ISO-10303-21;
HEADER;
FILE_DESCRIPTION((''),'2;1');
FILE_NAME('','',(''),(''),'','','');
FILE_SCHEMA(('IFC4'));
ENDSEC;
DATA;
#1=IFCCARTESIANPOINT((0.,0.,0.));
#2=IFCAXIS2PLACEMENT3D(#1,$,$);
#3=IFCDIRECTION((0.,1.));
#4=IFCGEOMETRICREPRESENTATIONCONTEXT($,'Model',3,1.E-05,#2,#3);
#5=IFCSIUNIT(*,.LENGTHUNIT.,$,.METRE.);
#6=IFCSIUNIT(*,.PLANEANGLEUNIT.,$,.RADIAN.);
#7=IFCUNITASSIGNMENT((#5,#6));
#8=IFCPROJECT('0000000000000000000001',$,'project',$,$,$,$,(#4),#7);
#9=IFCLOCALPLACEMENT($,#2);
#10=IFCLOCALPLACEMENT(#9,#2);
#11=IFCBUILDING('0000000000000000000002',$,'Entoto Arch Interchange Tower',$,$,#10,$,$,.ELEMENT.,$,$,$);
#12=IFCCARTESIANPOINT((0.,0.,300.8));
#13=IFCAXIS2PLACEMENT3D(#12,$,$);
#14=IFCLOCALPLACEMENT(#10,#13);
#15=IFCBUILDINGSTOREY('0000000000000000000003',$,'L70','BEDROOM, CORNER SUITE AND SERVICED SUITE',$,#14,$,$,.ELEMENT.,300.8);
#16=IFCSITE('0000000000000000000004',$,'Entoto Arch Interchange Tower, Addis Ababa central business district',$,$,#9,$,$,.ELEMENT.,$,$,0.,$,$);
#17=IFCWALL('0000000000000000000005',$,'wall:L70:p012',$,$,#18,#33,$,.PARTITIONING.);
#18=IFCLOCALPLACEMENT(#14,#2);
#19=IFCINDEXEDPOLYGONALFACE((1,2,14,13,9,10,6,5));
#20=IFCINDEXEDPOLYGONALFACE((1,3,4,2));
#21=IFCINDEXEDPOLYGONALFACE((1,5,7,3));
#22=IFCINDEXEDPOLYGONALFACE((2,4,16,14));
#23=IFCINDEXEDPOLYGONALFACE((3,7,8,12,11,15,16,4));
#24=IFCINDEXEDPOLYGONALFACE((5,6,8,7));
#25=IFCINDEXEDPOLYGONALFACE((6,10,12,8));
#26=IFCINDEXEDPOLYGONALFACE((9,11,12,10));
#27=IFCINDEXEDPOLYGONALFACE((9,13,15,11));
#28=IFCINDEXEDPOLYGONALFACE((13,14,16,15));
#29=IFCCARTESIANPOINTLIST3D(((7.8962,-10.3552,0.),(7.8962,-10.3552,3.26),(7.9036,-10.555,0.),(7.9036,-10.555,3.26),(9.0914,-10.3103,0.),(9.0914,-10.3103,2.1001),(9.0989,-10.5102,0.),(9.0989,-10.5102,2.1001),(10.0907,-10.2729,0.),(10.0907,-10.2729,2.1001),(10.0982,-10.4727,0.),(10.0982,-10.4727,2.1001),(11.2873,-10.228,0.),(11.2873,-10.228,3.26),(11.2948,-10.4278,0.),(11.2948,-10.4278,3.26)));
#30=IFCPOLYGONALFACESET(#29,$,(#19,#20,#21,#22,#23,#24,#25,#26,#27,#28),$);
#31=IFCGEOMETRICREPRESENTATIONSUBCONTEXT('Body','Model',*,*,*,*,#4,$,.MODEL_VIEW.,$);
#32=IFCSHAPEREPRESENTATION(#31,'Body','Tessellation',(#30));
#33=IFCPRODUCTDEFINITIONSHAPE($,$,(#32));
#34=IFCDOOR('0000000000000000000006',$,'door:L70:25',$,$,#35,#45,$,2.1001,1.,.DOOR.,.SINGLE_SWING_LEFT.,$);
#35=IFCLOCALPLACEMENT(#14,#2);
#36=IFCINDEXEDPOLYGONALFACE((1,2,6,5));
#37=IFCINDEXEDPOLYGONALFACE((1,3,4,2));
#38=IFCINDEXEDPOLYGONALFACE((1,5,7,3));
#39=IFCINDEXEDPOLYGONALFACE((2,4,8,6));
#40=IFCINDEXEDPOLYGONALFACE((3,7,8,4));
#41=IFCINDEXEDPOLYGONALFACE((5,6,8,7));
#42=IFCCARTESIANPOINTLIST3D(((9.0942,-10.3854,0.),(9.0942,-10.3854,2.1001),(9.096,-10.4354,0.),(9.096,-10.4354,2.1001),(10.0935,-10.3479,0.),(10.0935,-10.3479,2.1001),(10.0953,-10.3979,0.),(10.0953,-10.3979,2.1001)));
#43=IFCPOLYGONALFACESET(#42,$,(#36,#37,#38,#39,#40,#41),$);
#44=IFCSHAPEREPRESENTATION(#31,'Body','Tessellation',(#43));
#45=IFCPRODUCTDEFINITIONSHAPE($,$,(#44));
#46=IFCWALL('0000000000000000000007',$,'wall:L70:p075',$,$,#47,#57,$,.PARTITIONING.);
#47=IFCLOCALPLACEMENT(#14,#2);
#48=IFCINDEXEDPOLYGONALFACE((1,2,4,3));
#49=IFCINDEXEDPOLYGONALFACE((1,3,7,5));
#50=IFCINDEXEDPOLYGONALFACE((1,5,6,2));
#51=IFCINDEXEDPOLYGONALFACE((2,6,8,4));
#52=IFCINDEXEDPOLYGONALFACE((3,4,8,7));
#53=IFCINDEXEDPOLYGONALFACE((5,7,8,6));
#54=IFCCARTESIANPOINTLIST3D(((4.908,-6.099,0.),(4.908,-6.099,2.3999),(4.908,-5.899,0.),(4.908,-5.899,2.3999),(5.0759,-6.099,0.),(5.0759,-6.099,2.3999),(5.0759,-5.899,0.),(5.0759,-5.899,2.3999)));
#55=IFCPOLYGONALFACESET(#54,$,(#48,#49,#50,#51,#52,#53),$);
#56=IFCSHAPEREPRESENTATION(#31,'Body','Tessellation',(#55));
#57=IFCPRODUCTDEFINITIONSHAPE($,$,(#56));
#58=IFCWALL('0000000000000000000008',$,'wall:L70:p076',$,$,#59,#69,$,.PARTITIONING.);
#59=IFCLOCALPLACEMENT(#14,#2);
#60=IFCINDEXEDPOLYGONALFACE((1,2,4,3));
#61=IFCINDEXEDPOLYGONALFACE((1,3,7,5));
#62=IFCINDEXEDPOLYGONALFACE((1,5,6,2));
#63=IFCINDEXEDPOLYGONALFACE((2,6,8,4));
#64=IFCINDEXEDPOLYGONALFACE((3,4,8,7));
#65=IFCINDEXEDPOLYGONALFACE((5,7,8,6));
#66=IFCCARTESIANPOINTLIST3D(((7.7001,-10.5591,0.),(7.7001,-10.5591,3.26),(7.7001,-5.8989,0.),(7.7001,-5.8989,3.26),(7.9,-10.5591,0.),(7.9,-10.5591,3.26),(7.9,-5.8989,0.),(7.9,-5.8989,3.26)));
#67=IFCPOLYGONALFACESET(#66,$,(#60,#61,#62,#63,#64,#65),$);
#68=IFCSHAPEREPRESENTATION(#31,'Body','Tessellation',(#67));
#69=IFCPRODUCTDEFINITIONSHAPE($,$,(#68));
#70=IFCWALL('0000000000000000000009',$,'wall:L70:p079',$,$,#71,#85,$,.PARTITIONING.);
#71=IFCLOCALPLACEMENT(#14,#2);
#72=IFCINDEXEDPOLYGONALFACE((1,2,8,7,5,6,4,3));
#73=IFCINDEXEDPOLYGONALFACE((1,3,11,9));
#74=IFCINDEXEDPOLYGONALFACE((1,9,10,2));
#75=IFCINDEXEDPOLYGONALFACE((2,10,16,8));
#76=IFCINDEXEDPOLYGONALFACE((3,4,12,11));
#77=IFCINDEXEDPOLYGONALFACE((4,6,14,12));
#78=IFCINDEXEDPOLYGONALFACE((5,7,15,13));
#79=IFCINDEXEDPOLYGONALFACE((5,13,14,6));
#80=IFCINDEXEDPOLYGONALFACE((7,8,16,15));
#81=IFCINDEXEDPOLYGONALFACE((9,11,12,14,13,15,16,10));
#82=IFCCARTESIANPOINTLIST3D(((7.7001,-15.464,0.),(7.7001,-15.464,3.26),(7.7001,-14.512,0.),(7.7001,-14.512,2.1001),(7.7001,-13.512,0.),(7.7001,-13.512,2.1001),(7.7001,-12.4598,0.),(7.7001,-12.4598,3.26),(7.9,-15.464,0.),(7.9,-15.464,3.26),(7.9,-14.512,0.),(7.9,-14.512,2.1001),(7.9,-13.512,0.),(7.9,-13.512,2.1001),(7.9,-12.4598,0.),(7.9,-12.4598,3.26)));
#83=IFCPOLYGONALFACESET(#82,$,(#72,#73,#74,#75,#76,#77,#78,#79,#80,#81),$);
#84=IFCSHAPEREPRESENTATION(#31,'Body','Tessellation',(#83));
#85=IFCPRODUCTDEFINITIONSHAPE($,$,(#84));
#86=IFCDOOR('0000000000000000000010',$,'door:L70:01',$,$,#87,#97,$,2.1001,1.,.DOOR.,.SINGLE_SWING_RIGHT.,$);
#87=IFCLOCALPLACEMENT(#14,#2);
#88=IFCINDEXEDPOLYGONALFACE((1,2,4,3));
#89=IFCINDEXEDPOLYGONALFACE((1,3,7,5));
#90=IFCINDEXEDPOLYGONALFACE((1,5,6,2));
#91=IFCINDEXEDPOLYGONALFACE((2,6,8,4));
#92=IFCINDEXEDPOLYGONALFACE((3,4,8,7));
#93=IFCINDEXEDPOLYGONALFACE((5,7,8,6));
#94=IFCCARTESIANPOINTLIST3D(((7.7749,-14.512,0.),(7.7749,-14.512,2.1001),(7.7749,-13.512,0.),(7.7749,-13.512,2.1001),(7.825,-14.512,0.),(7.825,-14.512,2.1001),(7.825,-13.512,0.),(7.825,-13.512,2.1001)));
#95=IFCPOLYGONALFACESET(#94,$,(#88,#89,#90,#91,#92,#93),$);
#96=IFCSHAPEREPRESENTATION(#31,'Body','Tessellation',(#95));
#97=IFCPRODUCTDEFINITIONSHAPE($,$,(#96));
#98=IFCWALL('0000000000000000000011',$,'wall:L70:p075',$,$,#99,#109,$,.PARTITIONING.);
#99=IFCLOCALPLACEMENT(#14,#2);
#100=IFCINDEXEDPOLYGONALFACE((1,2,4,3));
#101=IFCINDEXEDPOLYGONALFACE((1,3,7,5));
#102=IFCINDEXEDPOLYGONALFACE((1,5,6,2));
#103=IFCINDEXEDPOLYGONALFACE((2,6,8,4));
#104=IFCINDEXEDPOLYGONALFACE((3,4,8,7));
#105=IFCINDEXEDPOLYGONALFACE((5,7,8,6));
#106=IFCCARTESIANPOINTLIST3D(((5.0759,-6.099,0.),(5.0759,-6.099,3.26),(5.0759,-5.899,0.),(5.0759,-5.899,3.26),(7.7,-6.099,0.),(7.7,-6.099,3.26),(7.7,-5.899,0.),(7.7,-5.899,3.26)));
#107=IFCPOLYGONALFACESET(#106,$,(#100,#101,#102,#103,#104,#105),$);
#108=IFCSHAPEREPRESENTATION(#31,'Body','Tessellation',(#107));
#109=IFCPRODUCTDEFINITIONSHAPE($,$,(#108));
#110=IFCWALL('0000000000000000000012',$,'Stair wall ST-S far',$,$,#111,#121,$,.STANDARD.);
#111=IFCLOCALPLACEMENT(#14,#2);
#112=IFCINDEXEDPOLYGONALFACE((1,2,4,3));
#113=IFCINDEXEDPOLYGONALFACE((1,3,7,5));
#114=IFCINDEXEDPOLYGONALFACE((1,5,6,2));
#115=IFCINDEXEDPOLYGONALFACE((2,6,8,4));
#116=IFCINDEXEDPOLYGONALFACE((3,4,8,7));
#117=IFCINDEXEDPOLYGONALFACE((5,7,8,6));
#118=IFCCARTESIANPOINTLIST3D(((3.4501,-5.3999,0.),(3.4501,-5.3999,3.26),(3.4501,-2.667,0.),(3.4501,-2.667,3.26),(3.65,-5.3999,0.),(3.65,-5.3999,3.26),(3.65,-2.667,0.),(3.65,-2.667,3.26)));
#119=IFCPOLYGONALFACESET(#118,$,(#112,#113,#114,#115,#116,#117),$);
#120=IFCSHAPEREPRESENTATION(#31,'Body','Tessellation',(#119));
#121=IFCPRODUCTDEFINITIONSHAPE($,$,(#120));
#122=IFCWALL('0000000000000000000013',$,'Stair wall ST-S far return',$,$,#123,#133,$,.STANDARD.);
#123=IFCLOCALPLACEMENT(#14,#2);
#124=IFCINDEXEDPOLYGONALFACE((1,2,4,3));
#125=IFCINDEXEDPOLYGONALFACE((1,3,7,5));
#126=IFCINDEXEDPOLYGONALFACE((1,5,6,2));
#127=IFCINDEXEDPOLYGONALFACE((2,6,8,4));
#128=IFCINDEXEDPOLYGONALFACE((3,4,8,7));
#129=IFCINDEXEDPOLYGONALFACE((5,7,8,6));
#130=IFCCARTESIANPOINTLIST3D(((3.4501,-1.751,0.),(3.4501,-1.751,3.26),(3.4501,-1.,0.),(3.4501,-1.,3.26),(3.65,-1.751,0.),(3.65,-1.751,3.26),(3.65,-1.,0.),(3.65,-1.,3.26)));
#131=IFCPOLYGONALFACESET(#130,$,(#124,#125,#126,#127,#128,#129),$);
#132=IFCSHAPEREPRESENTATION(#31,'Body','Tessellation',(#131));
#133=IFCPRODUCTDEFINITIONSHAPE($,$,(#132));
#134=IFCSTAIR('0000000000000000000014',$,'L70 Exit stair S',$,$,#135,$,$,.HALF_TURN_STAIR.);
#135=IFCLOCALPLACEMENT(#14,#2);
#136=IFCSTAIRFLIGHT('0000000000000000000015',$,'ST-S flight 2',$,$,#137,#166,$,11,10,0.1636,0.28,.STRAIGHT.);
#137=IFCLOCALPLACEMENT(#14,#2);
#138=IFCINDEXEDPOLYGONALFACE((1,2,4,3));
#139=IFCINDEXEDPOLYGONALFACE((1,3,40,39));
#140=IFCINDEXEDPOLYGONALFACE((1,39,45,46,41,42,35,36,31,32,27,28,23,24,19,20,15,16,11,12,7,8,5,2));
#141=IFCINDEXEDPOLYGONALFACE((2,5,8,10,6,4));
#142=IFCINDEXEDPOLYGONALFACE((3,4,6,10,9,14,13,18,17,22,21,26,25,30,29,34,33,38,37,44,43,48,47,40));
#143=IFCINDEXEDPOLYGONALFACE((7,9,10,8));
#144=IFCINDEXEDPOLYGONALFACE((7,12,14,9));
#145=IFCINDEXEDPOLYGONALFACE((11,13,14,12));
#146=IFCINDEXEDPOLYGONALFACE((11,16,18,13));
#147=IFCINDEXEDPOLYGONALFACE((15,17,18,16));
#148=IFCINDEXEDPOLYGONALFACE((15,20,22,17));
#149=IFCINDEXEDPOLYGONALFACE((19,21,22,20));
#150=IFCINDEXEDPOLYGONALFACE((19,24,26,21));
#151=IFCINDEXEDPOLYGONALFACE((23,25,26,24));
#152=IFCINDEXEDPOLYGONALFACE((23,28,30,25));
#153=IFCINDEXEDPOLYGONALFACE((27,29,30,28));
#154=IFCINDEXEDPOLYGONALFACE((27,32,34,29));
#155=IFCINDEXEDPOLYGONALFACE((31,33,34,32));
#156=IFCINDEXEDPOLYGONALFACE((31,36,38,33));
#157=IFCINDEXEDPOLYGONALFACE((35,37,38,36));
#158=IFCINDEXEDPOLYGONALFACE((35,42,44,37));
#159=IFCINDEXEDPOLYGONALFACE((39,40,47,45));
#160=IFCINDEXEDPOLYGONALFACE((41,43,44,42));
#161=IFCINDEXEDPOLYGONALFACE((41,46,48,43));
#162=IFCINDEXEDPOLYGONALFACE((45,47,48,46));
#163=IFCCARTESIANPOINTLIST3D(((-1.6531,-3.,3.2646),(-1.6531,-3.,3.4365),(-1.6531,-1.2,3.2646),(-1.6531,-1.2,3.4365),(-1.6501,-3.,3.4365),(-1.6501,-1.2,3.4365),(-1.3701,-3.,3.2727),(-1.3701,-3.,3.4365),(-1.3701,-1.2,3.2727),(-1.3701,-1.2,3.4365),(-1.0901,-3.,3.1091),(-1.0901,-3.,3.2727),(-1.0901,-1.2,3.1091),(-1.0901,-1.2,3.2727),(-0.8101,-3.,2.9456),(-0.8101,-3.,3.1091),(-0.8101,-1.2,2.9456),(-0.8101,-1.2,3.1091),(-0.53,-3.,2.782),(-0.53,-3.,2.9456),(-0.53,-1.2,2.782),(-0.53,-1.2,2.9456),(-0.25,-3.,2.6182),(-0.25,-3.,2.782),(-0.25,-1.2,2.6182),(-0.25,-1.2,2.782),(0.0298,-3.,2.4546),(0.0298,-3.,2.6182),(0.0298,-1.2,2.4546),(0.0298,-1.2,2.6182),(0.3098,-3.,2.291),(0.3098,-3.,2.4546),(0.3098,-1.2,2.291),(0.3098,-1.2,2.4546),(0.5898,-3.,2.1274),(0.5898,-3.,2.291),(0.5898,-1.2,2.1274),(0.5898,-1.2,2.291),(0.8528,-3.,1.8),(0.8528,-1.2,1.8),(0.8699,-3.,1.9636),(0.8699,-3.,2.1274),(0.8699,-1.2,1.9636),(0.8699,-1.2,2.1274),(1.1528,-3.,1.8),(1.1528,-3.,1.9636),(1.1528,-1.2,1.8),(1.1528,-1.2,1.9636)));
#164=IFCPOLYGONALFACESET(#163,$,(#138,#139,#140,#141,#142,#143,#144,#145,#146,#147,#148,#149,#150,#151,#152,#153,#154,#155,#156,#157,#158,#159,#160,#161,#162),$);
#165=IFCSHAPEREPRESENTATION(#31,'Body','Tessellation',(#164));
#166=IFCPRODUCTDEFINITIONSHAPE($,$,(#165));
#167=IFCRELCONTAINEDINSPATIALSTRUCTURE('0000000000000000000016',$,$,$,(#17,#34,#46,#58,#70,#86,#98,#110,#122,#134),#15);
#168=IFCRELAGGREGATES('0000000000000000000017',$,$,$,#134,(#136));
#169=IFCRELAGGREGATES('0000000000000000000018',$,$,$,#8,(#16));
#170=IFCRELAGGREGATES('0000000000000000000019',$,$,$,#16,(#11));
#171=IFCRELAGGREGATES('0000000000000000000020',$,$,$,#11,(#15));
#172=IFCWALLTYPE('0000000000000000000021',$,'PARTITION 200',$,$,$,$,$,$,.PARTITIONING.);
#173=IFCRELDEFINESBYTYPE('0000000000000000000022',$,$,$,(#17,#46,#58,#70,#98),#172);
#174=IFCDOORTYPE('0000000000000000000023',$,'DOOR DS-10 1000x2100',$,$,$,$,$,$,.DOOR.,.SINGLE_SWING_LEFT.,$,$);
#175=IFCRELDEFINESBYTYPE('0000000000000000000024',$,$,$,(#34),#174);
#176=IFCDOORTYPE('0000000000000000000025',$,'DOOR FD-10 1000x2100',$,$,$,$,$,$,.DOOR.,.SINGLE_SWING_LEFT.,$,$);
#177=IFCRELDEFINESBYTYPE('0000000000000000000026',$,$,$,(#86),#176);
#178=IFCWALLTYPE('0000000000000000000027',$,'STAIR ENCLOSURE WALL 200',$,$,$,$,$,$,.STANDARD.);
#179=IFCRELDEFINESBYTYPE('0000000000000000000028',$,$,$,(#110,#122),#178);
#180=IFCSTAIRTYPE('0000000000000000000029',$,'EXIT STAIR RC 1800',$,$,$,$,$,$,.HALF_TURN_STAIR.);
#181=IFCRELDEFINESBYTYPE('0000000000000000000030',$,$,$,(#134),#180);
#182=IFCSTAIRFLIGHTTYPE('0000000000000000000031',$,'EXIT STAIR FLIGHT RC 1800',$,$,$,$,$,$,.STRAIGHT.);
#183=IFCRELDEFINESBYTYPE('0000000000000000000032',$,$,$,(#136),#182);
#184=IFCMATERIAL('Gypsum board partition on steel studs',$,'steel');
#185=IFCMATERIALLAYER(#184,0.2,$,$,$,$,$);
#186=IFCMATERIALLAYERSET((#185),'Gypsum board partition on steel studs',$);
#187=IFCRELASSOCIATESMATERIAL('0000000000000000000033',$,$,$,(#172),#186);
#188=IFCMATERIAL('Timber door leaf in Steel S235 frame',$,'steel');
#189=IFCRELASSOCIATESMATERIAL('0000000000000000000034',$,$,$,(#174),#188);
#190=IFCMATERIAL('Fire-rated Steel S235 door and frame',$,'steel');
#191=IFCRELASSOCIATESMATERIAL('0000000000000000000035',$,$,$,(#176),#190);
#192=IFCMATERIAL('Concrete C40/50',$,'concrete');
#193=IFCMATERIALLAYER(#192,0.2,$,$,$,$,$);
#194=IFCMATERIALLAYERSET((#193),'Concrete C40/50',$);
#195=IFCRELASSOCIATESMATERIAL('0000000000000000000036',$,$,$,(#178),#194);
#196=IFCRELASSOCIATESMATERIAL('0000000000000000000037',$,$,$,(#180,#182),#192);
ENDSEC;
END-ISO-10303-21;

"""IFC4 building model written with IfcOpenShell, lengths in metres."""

from ifc_helpers import new_model, si_unit, direction, frame, frame_2d, origin, place, context, subcontext, project, spatial, polyline, rectangle, outline, extrude, material, layer, layer_set, type_object, element, fill, aggregate, save


model = new_model("IFC4")

# Units and contexts
model_context = context("Model", 3, precision=1e-05, world=origin(), true_north=direction((0.0, 1.0)))
body_context = subcontext(model_context, "Body", "Model", "MODEL_VIEW")
ifc_project = project(units=[si_unit("LENGTHUNIT", "METRE"), si_unit("PLANEANGLEUNIT", "RADIAN")], contexts=[model_context])

# Site, building, storey
site_placement = place(None, origin())
site = spatial("IfcSite", under=ifc_project, at=site_placement, Name="Entoto Arch Interchange Tower, Addis Ababa central business district", CompositionType="ELEMENT", RefElevation=0.0)
building_placement = place(site_placement, origin())
building = spatial("IfcBuilding", under=site, at=building_placement, Name="Entoto Arch Interchange Tower", CompositionType="ELEMENT")
storey_placement = place(building_placement, frame((0.0, 0.0, 300.8)))
storey = spatial("IfcBuildingStorey", under=building, at=storey_placement, Name="L70", Description="BEDROOM, CORNER SUITE AND SERVICED SUITE", CompositionType="ELEMENT", Elevation=300.8)

# Shared definitions
ifc_material_1 = material(Name="Concrete C40/50", Category="concrete")

# Shared definitions
ifc_material_2 = material(Name="Fire-rated Steel S235 door and frame", Category="steel")

# Shared definitions
ifc_material_3 = material(Name="Gypsum board partition on steel studs", Category="steel")

# Wall, opening, door
ifc_layer_1 = layer(ifc_material_3, 0.2)
ifc_layer_set_1 = layer_set([ifc_layer_1], Name="Gypsum board partition on steel studs")
wall_type_1 = type_object("IfcWallType", Name="PARTITION 200", PredefinedType="PARTITIONING", material=ifc_layer_set_1)
wall_1_placement = place(storey_placement, frame((7.8999, -10.4551, 0.0), z_axis=(0.0, 0.0, 1.0), x_axis=(0.999297, 0.037483, 0.0)))
wall_1 = element("IfcWall", 1, at=wall_1_placement, inside=storey, type_object=wall_type_1, Name="wall:L70:p012", PredefinedType="PARTITIONING", context=body_context, shape_type="SweptSolid", body=[
    extrude(rectangle(XDim=3.3936, YDim=0.2, at=frame_2d((1.6968, 0.0))), origin(), (0.0, 0.0, 1.0), 3.26),
])
opening_1_placement = place(wall_1_placement, frame((1.196, 0.0, 0.0)))
opening_1 = element("IfcOpeningElement", 2, at=opening_1_placement, cuts=wall_1, PredefinedType="OPENING", context=body_context, shape_type="SweptSolid", body=[
    extrude(rectangle(XDim=1.0, YDim=2.1001, at=frame_2d((0.5, 1.05))), frame((0.0, 0.1099, 0.0), z_axis=(0.0, -1.0, 0.0), x_axis=(1.0, 0.0, 0.0)), (0.0, 0.0, 1.0), 0.22),
])
ifc_material_4 = material(Name="Timber door leaf in Steel S235 frame", Category="steel")
door_type_1 = type_object("IfcDoorType", Name="DOOR DS-10 1000x2100", OperationType="SINGLE_SWING_LEFT", PredefinedType="DOOR", material=ifc_material_4)
door_1_placement = place(opening_1_placement, origin())
door_1 = element("IfcDoor", 3, at=door_1_placement, inside=storey, type_object=door_type_1, Name="door:L70:25", OperationType="SINGLE_SWING_LEFT", OverallHeight=2.1001, OverallWidth=1.0, PredefinedType="DOOR", context=body_context, shape_type="SweptSolid", body=[
    extrude(rectangle(XDim=1.0, YDim=2.1001, at=frame_2d((0.5, 1.05))), frame((0.0, 0.0249, 0.0), z_axis=(0.0, -1.0, 0.0), x_axis=(1.0, 0.0, 0.0)), (0.0, 0.0, 1.0), 0.05),
])
fill(opening_1, door_1)

# Walls
wall_2_placement = place(storey_placement, frame((4.908, -5.999, 0.0), z_axis=(0.0, 0.0, 1.0), x_axis=(1.0, 0.0, 0.0)))
element("IfcWall", 4, at=wall_2_placement, inside=storey, type_object=wall_type_1, Name="wall:L70:p075", PredefinedType="PARTITIONING", context=body_context, shape_type="SweptSolid", body=[
    extrude(rectangle(XDim=0.168, YDim=0.2, at=frame_2d((0.084, 0.0))), origin(), (0.0, 0.0, 1.0), 2.3999),
])
wall_3_placement = place(storey_placement, frame((7.8, -5.8989, 0.0), z_axis=(0.0, 0.0, 1.0), x_axis=(0.0, -1.0, 0.0)))
element("IfcWall", 5, at=wall_3_placement, inside=storey, type_object=wall_type_1, Name="wall:L70:p076", PredefinedType="PARTITIONING", context=body_context, shape_type="SweptSolid", body=[
    extrude(rectangle(XDim=4.6602, YDim=0.2, at=frame_2d((2.3301, 0.0))), origin(), (0.0, 0.0, 1.0), 3.26),
])

# Wall, opening, door
wall_4_placement = place(storey_placement, frame((7.8, -12.46, 0.0), z_axis=(0.0, 0.0, 1.0), x_axis=(0.0, -1.0, 0.0)))
wall_4 = element("IfcWall", 6, at=wall_4_placement, inside=storey, type_object=wall_type_1, Name="wall:L70:p079", PredefinedType="PARTITIONING", context=body_context, shape_type="SweptSolid", body=[
    extrude(rectangle(XDim=3.0042, YDim=0.2, at=frame_2d((1.502, 0.0))), origin(), (0.0, 0.0, 1.0), 3.26),
])
opening_2_placement = place(wall_4_placement, frame((1.052, 0.0, 0.0)))
opening_2 = element("IfcOpeningElement", 7, at=opening_2_placement, cuts=wall_4, PredefinedType="OPENING", context=body_context, shape_type="SweptSolid", body=[
    extrude(rectangle(XDim=1.0, YDim=2.1001, at=frame_2d((0.5, 1.05))), frame((0.0, 0.1099, 0.0), z_axis=(0.0, -1.0, 0.0), x_axis=(1.0, 0.0, 0.0)), (0.0, 0.0, 1.0), 0.22),
])
door_type_2 = type_object("IfcDoorType", Name="DOOR FD-10 1000x2100", OperationType="SINGLE_SWING_LEFT", PredefinedType="DOOR", material=ifc_material_2)
door_2_placement = place(opening_2_placement, origin())
door_2 = element("IfcDoor", 8, at=door_2_placement, inside=storey, type_object=door_type_2, Name="door:L70:01", OperationType="SINGLE_SWING_RIGHT", OverallHeight=2.1001, OverallWidth=1.0, PredefinedType="DOOR", context=body_context, shape_type="SweptSolid", body=[
    extrude(rectangle(XDim=1.0, YDim=2.1001, at=frame_2d((0.5, 1.05))), frame((0.0, 0.0249, 0.0), z_axis=(0.0, -1.0, 0.0), x_axis=(1.0, 0.0, 0.0)), (0.0, 0.0, 1.0), 0.05),
])
fill(opening_2, door_2)

# Walls
wall_5_placement = place(storey_placement, frame((5.0759, -5.999, 0.0), z_axis=(0.0, 0.0, 1.0), x_axis=(1.0, 0.0, 0.0)))
element("IfcWall", 9, at=wall_5_placement, inside=storey, type_object=wall_type_1, Name="wall:L70:p075", PredefinedType="PARTITIONING", context=body_context, shape_type="SweptSolid", body=[
    extrude(rectangle(XDim=2.624, YDim=0.2, at=frame_2d((1.312, 0.0))), origin(), (0.0, 0.0, 1.0), 3.26),
])
ifc_layer_2 = layer(ifc_material_1, 0.2)
ifc_layer_set_2 = layer_set([ifc_layer_2], Name="Concrete C40/50")
wall_type_2 = type_object("IfcWallType", Name="STAIR ENCLOSURE WALL 200", PredefinedType="STANDARD", material=ifc_layer_set_2)
wall_6_placement = place(storey_placement, frame((3.55, -2.667, 0.0), z_axis=(0.0, 0.0, 1.0), x_axis=(0.0, -1.0, 0.0)))
element("IfcWall", 10, at=wall_6_placement, inside=storey, type_object=wall_type_2, Name="Stair wall ST-S far", PredefinedType="STANDARD", context=body_context, shape_type="SweptSolid", body=[
    extrude(rectangle(XDim=2.7329, YDim=0.2, at=frame_2d((1.3665, 0.0))), origin(), (0.0, 0.0, 1.0), 3.26),
])
wall_7_placement = place(storey_placement, frame((3.55, -1.0, 0.0), z_axis=(0.0, 0.0, 1.0), x_axis=(0.0, -1.0, 0.0)))
element("IfcWall", 11, at=wall_7_placement, inside=storey, type_object=wall_type_2, Name="Stair wall ST-S far return", PredefinedType="STANDARD", context=body_context, shape_type="SweptSolid", body=[
    extrude(rectangle(XDim=0.751, YDim=0.2, at=frame_2d((0.3755, 0.0))), origin(), (0.0, 0.0, 1.0), 3.26),
])

# Stair, stair flight
stair_type = type_object("IfcStairType", Name="EXIT STAIR RC 1800", PredefinedType="HALF_TURN_STAIR", material=ifc_material_1)
stair_placement = place(storey_placement, origin())
stair = element("IfcStair", 12, at=stair_placement, inside=storey, type_object=stair_type, Name="L70 Exit stair S", PredefinedType="HALF_TURN_STAIR")
stair_flight_type = type_object("IfcStairFlightType", Name="EXIT STAIR FLIGHT RC 1800", PredefinedType="STRAIGHT", material=ifc_material_1)
stair_flight_placement = place(storey_placement, frame((1.1499, -2.1001, 1.8), z_axis=(0.0, 0.0, 1.0), x_axis=(-1.0, 0.0, 0.0)))
stair_flight = element("IfcStairFlight", 13, at=stair_flight_placement, type_object=stair_flight_type, Name="ST-S flight 2", NumberOfRisers=11, NumberOfTreads=10, PredefinedType="STRAIGHT", RiserHeight=0.1636, TreadLength=0.28, context=body_context, shape_type="SweptSolid", body=[
    extrude(outline(polyline([(-0.0029, 0.0), (-0.0029, 0.1636), (0.28, 0.1636), (0.28, 0.3274), (0.5601, 0.3274), (0.5601, 0.491), (0.8401, 0.491), (0.8401, 0.6545), (1.1201, 0.6545), (1.1201, 0.8181), (1.3999, 0.8181), (1.3999, 0.9819), (1.6799, 0.9819), (1.6799, 1.1455), (1.96, 1.1455), (1.96, 1.3091), (2.24, 1.3091), (2.24, 1.4727), (2.52, 1.4727), (2.52, 1.6365), (2.8, 1.6365), (2.803, 1.6365), (2.803, 1.4646), (0.2971, 0.0), (-0.0029, 0.0)])), frame((0.0, 0.8999, 0.0), z_axis=(0.0, -1.0, 0.0), x_axis=(1.0, 0.0, 0.0)), (0.0, 0.0, 1.0), 1.8),
])
aggregate(stair, [stair_flight])

save(model, "model.ifc")
